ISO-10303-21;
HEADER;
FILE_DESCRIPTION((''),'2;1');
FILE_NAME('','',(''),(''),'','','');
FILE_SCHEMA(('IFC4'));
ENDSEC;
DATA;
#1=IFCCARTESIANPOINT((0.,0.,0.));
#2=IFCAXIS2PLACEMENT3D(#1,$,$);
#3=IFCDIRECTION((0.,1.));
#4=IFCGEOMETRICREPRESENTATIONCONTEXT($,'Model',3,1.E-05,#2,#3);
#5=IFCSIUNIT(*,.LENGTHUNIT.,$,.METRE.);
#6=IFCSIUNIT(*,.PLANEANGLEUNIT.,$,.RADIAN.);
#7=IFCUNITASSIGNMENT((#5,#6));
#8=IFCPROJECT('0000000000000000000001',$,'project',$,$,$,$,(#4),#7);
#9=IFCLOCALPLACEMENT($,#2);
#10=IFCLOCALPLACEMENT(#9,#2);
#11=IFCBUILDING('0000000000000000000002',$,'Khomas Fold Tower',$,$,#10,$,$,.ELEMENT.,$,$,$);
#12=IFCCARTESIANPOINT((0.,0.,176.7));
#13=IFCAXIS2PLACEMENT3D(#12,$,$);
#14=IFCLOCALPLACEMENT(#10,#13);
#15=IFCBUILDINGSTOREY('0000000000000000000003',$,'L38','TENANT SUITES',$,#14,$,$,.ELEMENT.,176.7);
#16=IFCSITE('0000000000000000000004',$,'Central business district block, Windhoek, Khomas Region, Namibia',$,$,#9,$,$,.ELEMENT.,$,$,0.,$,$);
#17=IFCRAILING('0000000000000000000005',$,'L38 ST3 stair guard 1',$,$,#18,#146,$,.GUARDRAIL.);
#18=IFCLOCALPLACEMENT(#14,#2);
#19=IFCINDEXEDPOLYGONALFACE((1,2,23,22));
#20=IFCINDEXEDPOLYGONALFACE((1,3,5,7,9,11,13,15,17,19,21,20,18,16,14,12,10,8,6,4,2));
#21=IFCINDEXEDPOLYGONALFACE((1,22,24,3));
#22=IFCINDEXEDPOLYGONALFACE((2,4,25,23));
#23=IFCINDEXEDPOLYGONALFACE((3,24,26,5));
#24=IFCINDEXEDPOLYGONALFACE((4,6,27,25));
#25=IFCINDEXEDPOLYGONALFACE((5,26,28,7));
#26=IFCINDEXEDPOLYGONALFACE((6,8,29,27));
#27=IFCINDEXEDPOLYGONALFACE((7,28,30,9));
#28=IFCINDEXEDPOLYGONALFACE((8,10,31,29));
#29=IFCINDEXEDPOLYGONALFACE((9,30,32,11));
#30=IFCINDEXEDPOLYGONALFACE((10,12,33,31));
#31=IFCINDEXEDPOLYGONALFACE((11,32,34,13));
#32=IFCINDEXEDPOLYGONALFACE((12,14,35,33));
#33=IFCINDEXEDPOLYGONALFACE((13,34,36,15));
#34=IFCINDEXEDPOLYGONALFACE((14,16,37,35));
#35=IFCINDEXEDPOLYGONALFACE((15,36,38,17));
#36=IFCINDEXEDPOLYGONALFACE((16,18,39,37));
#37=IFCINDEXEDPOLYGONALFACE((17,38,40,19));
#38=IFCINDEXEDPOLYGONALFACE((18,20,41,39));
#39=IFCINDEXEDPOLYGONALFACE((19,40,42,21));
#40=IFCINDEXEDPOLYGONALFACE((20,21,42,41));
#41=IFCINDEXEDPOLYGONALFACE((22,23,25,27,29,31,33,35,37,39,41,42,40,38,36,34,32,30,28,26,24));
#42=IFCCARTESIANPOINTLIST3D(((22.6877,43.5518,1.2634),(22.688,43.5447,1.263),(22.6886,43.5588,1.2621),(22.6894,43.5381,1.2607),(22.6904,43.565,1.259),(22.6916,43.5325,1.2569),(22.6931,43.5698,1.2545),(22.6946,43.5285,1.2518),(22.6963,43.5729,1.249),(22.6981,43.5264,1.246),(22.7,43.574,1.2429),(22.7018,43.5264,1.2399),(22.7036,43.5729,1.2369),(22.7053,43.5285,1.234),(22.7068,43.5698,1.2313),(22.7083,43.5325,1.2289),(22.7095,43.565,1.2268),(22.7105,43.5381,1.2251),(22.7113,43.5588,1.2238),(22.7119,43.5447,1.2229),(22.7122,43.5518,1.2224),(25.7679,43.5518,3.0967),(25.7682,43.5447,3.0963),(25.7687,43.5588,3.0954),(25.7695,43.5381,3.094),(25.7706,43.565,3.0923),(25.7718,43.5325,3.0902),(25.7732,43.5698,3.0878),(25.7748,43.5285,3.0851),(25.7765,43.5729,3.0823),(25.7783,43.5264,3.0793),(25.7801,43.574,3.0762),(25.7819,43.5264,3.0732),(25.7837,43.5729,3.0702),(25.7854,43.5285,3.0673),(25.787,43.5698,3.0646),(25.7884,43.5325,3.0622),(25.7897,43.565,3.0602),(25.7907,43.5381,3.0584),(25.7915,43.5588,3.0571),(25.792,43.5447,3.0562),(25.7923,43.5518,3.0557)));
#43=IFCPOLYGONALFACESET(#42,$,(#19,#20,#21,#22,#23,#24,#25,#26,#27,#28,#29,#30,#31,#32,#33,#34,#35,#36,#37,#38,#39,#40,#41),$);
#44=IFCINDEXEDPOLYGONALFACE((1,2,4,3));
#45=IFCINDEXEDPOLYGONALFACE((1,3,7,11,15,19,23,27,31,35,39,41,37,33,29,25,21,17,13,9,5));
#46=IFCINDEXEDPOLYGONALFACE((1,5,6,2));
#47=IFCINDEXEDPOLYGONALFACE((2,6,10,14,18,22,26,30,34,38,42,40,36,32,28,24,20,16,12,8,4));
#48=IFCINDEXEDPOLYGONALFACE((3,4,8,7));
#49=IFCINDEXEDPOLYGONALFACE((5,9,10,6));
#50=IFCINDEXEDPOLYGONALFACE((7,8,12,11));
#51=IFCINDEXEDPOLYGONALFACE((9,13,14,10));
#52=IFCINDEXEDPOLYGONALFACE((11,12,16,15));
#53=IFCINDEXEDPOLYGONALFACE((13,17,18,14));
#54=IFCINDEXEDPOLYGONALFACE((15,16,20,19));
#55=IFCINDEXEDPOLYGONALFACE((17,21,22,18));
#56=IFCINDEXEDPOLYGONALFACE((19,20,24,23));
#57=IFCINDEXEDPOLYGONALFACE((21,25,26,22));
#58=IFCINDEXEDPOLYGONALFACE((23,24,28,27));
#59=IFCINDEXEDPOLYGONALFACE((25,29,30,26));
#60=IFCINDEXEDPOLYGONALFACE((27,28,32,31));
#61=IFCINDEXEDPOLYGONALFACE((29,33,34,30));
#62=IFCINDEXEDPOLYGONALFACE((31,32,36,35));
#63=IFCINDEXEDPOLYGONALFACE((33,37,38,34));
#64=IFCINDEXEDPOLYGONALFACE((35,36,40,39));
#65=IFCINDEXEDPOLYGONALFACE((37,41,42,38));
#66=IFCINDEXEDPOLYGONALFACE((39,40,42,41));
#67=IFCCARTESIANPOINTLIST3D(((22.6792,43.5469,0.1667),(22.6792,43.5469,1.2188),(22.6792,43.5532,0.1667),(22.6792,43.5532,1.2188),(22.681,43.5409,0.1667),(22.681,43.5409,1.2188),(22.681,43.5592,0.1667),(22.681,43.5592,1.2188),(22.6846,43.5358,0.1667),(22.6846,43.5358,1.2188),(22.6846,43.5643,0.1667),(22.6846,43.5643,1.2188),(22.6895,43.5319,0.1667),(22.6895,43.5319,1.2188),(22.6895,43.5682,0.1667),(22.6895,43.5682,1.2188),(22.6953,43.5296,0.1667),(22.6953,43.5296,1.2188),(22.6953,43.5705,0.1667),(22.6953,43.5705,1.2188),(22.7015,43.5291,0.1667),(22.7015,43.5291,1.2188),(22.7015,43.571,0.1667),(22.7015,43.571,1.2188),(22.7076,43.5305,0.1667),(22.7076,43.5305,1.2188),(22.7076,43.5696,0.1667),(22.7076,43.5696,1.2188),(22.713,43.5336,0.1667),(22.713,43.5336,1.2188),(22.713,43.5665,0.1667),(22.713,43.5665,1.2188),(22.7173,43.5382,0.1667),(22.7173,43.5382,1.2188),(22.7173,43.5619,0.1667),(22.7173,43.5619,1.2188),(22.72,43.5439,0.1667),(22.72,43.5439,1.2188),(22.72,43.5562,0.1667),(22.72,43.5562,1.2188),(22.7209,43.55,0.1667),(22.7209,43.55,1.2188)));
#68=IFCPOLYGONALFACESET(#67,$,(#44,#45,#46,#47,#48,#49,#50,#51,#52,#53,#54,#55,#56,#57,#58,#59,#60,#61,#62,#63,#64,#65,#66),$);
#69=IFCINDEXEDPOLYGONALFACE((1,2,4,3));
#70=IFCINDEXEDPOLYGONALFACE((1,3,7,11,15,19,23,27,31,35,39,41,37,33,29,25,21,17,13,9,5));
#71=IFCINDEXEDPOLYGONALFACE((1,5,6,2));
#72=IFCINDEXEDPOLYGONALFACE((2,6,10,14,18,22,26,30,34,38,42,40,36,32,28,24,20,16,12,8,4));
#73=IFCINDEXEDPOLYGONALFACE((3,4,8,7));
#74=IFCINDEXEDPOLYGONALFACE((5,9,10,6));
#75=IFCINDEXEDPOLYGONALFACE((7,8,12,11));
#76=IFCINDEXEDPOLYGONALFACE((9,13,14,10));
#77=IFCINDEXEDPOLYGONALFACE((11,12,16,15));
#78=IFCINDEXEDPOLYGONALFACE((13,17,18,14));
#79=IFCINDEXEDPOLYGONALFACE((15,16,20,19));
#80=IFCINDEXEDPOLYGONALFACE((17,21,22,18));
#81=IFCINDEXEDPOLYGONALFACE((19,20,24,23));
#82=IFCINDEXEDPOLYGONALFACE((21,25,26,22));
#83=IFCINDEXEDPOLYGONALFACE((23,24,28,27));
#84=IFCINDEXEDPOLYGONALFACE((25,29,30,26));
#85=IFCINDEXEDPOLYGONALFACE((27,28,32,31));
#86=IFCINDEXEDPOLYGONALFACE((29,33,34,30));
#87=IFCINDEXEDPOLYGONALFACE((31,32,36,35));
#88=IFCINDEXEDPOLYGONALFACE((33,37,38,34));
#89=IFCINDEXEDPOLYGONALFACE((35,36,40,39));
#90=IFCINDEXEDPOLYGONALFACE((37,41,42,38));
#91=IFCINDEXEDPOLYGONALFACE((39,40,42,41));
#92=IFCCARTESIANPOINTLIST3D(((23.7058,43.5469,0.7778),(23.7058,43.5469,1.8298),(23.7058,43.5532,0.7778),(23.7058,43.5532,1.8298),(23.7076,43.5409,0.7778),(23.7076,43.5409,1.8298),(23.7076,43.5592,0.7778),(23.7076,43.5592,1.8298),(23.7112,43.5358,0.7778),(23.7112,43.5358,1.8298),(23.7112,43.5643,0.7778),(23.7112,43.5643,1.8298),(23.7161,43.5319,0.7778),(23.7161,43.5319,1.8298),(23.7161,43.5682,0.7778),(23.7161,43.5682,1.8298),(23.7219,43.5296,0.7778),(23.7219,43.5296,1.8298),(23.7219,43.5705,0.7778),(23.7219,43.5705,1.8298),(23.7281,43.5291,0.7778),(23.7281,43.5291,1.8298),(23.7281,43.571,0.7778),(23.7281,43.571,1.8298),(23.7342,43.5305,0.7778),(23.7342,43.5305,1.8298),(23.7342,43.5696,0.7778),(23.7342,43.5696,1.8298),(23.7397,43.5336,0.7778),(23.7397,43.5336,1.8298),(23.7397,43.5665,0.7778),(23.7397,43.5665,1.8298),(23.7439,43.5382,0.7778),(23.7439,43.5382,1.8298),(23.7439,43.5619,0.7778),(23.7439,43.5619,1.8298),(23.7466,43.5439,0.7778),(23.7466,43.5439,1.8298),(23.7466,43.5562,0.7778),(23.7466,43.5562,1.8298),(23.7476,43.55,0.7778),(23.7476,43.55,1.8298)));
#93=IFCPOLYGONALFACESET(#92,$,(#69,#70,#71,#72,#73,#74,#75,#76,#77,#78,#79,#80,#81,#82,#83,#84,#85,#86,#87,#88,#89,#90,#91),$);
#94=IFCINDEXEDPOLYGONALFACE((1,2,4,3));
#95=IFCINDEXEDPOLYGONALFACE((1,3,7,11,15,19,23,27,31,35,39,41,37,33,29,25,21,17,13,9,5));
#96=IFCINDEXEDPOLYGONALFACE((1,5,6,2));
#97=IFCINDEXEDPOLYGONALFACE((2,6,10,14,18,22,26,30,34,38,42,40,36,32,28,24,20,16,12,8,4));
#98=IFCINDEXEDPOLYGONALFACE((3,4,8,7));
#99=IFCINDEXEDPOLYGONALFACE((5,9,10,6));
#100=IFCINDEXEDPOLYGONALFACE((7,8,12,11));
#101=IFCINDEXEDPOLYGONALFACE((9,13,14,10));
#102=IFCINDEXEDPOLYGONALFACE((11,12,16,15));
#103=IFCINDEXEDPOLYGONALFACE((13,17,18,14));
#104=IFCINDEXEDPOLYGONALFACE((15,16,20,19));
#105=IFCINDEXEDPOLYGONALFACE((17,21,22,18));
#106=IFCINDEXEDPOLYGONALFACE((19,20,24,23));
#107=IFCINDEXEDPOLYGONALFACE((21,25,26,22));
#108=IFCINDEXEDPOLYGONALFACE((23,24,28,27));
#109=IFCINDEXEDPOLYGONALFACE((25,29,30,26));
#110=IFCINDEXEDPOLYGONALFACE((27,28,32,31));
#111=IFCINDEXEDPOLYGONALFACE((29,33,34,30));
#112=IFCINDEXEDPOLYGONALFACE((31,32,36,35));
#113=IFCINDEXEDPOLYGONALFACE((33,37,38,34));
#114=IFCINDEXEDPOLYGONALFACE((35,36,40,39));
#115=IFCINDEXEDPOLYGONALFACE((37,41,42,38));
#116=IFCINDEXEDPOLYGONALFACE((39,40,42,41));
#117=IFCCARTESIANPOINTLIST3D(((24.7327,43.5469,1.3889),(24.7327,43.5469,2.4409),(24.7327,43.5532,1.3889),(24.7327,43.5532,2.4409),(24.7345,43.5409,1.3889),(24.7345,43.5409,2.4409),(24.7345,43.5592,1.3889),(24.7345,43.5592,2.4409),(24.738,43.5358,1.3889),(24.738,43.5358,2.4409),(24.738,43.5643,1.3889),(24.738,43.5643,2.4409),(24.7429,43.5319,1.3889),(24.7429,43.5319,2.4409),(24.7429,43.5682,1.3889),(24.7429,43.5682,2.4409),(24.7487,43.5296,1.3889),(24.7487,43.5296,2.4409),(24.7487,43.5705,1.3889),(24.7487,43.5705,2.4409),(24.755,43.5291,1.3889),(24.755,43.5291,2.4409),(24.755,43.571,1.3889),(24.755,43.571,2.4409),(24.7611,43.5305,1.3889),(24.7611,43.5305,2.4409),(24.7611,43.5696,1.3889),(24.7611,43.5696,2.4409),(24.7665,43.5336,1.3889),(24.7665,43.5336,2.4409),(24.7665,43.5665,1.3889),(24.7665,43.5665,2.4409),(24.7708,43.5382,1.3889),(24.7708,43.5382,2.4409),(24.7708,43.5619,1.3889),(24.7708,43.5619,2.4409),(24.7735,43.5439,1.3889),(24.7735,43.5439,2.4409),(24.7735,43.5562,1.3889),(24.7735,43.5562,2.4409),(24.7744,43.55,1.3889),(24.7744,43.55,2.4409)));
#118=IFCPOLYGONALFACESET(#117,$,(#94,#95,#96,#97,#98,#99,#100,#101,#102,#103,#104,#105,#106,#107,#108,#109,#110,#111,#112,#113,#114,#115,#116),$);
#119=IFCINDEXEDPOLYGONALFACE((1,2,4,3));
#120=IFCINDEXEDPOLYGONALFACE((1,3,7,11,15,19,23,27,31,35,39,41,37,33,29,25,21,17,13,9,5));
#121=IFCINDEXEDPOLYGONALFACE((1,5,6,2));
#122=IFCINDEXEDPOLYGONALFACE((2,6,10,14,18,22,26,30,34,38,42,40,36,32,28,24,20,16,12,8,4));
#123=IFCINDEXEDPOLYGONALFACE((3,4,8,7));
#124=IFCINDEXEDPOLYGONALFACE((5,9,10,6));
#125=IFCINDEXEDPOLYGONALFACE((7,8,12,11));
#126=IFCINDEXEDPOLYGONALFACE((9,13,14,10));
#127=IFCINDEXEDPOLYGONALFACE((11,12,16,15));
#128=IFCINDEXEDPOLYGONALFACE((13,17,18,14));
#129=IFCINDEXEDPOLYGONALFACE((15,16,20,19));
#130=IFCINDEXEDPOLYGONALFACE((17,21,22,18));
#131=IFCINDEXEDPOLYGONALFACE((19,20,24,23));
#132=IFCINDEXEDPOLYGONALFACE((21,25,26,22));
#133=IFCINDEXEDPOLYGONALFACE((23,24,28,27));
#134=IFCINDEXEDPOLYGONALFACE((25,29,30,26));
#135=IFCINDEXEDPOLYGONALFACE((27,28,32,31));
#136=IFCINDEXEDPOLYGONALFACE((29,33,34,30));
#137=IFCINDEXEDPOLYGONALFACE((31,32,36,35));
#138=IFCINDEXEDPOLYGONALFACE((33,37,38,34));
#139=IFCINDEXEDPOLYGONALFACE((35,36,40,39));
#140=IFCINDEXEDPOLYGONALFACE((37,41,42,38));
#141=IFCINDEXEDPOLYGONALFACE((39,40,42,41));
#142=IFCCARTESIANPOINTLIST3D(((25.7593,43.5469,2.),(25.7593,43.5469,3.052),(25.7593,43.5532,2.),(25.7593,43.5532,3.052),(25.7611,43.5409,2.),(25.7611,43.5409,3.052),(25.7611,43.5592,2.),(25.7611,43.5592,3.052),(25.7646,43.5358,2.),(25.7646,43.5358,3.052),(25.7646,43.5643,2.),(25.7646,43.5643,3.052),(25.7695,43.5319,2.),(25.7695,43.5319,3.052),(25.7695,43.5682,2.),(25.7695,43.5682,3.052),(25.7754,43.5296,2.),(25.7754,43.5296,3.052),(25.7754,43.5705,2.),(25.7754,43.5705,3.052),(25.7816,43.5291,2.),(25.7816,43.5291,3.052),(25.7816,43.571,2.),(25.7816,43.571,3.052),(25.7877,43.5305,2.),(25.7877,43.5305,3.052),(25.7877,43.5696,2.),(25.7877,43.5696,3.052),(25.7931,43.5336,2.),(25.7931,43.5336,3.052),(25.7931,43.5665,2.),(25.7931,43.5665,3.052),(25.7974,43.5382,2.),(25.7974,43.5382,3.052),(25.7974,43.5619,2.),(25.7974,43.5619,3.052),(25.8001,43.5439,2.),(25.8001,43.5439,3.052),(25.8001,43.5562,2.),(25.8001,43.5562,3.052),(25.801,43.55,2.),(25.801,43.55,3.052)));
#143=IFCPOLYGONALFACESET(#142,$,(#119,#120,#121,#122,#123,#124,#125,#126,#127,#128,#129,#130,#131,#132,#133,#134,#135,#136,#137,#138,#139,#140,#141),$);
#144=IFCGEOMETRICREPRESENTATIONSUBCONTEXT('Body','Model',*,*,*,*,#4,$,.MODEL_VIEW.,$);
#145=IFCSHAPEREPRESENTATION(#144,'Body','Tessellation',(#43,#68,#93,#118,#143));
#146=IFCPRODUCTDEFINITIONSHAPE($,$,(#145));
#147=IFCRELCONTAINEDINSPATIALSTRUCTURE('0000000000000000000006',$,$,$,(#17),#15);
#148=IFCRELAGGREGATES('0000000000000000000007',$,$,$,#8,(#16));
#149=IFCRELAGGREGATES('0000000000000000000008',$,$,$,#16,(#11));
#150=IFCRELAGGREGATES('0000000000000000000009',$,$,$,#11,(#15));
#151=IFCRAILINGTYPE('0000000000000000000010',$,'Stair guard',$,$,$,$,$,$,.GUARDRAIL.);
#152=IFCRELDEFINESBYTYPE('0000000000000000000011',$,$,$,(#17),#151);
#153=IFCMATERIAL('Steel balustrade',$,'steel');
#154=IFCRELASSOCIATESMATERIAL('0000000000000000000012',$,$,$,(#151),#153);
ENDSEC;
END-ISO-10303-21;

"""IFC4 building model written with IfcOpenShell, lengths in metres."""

from ifc_helpers import new_model, si_unit, direction, frame, origin, origin_2d, place, context, subcontext, project, spatial, circle, extrude, source, transform, mapped, material, type_object, element, save


model = new_model("IFC4")

# Units and contexts
model_context = context("Model", 3, precision=1e-05, world=origin(), true_north=direction((0.0, 1.0)))
body_context = subcontext(model_context, "Body", "Model", "MODEL_VIEW")
ifc_project = project(units=[si_unit("LENGTHUNIT", "METRE"), si_unit("PLANEANGLEUNIT", "RADIAN")], contexts=[model_context])

# Site, building, storey
site_placement = place(None, origin())
site = spatial("IfcSite", under=ifc_project, at=site_placement, Name="Central business district block, Windhoek, Khomas Region, Namibia", CompositionType="ELEMENT", RefElevation=0.0)
building_placement = place(site_placement, origin())
building = spatial("IfcBuilding", under=site, at=building_placement, Name="Khomas Fold Tower", CompositionType="ELEMENT")
storey_placement = place(building_placement, frame((0.0, 0.0, 176.7)))
storey = spatial("IfcBuildingStorey", under=building, at=storey_placement, Name="L38", Description="TENANT SUITES", CompositionType="ELEMENT", Elevation=176.7)

# Railing
ifc_material_1 = material(Name="Steel balustrade", Category="steel")
railing_type_1 = type_object("IfcRailingType", Name="Stair guard", PredefinedType="GUARDRAIL", material=ifc_material_1)
shared_shape_1 = source(origin(), body_context, "Body", "SweptSolid", [
    extrude(circle(Radius=0.0239, at=origin_2d()), frame((0.0, 0.0, 1.0762), z_axis=(0.859309, 0.0, 0.511458), x_axis=(0.0, 1.0, 0.0)), (0.0, 0.0, 1.0), 3.5845),
    extrude(circle(Radius=0.021, at=origin_2d()), origin(), (0.0, 0.0, 1.0), 1.052),
    extrude(circle(Radius=0.021, at=origin_2d()), frame((1.0266, 0.0, 0.6111)), (0.0, 0.0, 1.0), 1.052),
    extrude(circle(Radius=0.021, at=origin_2d()), frame((2.0535, 0.0, 1.2222)), (0.0, 0.0, 1.0), 1.052),
    extrude(circle(Radius=0.021, at=origin_2d()), frame((3.0801, 0.0, 1.8333)), (0.0, 0.0, 1.0), 1.052),
])
railing_1_placement = place(storey_placement, frame((22.7, 43.55, 0.1667)))
element("IfcRailing", 1, at=railing_1_placement, inside=storey, type_object=railing_type_1, Name="L38 ST3 stair guard 1", PredefinedType="GUARDRAIL", context=body_context, shape_type="MappedRepresentation", body=[
    mapped(shared_shape_1, transform((0.0, 0.0, 0.0))),
])

save(model, "model.ifc")
